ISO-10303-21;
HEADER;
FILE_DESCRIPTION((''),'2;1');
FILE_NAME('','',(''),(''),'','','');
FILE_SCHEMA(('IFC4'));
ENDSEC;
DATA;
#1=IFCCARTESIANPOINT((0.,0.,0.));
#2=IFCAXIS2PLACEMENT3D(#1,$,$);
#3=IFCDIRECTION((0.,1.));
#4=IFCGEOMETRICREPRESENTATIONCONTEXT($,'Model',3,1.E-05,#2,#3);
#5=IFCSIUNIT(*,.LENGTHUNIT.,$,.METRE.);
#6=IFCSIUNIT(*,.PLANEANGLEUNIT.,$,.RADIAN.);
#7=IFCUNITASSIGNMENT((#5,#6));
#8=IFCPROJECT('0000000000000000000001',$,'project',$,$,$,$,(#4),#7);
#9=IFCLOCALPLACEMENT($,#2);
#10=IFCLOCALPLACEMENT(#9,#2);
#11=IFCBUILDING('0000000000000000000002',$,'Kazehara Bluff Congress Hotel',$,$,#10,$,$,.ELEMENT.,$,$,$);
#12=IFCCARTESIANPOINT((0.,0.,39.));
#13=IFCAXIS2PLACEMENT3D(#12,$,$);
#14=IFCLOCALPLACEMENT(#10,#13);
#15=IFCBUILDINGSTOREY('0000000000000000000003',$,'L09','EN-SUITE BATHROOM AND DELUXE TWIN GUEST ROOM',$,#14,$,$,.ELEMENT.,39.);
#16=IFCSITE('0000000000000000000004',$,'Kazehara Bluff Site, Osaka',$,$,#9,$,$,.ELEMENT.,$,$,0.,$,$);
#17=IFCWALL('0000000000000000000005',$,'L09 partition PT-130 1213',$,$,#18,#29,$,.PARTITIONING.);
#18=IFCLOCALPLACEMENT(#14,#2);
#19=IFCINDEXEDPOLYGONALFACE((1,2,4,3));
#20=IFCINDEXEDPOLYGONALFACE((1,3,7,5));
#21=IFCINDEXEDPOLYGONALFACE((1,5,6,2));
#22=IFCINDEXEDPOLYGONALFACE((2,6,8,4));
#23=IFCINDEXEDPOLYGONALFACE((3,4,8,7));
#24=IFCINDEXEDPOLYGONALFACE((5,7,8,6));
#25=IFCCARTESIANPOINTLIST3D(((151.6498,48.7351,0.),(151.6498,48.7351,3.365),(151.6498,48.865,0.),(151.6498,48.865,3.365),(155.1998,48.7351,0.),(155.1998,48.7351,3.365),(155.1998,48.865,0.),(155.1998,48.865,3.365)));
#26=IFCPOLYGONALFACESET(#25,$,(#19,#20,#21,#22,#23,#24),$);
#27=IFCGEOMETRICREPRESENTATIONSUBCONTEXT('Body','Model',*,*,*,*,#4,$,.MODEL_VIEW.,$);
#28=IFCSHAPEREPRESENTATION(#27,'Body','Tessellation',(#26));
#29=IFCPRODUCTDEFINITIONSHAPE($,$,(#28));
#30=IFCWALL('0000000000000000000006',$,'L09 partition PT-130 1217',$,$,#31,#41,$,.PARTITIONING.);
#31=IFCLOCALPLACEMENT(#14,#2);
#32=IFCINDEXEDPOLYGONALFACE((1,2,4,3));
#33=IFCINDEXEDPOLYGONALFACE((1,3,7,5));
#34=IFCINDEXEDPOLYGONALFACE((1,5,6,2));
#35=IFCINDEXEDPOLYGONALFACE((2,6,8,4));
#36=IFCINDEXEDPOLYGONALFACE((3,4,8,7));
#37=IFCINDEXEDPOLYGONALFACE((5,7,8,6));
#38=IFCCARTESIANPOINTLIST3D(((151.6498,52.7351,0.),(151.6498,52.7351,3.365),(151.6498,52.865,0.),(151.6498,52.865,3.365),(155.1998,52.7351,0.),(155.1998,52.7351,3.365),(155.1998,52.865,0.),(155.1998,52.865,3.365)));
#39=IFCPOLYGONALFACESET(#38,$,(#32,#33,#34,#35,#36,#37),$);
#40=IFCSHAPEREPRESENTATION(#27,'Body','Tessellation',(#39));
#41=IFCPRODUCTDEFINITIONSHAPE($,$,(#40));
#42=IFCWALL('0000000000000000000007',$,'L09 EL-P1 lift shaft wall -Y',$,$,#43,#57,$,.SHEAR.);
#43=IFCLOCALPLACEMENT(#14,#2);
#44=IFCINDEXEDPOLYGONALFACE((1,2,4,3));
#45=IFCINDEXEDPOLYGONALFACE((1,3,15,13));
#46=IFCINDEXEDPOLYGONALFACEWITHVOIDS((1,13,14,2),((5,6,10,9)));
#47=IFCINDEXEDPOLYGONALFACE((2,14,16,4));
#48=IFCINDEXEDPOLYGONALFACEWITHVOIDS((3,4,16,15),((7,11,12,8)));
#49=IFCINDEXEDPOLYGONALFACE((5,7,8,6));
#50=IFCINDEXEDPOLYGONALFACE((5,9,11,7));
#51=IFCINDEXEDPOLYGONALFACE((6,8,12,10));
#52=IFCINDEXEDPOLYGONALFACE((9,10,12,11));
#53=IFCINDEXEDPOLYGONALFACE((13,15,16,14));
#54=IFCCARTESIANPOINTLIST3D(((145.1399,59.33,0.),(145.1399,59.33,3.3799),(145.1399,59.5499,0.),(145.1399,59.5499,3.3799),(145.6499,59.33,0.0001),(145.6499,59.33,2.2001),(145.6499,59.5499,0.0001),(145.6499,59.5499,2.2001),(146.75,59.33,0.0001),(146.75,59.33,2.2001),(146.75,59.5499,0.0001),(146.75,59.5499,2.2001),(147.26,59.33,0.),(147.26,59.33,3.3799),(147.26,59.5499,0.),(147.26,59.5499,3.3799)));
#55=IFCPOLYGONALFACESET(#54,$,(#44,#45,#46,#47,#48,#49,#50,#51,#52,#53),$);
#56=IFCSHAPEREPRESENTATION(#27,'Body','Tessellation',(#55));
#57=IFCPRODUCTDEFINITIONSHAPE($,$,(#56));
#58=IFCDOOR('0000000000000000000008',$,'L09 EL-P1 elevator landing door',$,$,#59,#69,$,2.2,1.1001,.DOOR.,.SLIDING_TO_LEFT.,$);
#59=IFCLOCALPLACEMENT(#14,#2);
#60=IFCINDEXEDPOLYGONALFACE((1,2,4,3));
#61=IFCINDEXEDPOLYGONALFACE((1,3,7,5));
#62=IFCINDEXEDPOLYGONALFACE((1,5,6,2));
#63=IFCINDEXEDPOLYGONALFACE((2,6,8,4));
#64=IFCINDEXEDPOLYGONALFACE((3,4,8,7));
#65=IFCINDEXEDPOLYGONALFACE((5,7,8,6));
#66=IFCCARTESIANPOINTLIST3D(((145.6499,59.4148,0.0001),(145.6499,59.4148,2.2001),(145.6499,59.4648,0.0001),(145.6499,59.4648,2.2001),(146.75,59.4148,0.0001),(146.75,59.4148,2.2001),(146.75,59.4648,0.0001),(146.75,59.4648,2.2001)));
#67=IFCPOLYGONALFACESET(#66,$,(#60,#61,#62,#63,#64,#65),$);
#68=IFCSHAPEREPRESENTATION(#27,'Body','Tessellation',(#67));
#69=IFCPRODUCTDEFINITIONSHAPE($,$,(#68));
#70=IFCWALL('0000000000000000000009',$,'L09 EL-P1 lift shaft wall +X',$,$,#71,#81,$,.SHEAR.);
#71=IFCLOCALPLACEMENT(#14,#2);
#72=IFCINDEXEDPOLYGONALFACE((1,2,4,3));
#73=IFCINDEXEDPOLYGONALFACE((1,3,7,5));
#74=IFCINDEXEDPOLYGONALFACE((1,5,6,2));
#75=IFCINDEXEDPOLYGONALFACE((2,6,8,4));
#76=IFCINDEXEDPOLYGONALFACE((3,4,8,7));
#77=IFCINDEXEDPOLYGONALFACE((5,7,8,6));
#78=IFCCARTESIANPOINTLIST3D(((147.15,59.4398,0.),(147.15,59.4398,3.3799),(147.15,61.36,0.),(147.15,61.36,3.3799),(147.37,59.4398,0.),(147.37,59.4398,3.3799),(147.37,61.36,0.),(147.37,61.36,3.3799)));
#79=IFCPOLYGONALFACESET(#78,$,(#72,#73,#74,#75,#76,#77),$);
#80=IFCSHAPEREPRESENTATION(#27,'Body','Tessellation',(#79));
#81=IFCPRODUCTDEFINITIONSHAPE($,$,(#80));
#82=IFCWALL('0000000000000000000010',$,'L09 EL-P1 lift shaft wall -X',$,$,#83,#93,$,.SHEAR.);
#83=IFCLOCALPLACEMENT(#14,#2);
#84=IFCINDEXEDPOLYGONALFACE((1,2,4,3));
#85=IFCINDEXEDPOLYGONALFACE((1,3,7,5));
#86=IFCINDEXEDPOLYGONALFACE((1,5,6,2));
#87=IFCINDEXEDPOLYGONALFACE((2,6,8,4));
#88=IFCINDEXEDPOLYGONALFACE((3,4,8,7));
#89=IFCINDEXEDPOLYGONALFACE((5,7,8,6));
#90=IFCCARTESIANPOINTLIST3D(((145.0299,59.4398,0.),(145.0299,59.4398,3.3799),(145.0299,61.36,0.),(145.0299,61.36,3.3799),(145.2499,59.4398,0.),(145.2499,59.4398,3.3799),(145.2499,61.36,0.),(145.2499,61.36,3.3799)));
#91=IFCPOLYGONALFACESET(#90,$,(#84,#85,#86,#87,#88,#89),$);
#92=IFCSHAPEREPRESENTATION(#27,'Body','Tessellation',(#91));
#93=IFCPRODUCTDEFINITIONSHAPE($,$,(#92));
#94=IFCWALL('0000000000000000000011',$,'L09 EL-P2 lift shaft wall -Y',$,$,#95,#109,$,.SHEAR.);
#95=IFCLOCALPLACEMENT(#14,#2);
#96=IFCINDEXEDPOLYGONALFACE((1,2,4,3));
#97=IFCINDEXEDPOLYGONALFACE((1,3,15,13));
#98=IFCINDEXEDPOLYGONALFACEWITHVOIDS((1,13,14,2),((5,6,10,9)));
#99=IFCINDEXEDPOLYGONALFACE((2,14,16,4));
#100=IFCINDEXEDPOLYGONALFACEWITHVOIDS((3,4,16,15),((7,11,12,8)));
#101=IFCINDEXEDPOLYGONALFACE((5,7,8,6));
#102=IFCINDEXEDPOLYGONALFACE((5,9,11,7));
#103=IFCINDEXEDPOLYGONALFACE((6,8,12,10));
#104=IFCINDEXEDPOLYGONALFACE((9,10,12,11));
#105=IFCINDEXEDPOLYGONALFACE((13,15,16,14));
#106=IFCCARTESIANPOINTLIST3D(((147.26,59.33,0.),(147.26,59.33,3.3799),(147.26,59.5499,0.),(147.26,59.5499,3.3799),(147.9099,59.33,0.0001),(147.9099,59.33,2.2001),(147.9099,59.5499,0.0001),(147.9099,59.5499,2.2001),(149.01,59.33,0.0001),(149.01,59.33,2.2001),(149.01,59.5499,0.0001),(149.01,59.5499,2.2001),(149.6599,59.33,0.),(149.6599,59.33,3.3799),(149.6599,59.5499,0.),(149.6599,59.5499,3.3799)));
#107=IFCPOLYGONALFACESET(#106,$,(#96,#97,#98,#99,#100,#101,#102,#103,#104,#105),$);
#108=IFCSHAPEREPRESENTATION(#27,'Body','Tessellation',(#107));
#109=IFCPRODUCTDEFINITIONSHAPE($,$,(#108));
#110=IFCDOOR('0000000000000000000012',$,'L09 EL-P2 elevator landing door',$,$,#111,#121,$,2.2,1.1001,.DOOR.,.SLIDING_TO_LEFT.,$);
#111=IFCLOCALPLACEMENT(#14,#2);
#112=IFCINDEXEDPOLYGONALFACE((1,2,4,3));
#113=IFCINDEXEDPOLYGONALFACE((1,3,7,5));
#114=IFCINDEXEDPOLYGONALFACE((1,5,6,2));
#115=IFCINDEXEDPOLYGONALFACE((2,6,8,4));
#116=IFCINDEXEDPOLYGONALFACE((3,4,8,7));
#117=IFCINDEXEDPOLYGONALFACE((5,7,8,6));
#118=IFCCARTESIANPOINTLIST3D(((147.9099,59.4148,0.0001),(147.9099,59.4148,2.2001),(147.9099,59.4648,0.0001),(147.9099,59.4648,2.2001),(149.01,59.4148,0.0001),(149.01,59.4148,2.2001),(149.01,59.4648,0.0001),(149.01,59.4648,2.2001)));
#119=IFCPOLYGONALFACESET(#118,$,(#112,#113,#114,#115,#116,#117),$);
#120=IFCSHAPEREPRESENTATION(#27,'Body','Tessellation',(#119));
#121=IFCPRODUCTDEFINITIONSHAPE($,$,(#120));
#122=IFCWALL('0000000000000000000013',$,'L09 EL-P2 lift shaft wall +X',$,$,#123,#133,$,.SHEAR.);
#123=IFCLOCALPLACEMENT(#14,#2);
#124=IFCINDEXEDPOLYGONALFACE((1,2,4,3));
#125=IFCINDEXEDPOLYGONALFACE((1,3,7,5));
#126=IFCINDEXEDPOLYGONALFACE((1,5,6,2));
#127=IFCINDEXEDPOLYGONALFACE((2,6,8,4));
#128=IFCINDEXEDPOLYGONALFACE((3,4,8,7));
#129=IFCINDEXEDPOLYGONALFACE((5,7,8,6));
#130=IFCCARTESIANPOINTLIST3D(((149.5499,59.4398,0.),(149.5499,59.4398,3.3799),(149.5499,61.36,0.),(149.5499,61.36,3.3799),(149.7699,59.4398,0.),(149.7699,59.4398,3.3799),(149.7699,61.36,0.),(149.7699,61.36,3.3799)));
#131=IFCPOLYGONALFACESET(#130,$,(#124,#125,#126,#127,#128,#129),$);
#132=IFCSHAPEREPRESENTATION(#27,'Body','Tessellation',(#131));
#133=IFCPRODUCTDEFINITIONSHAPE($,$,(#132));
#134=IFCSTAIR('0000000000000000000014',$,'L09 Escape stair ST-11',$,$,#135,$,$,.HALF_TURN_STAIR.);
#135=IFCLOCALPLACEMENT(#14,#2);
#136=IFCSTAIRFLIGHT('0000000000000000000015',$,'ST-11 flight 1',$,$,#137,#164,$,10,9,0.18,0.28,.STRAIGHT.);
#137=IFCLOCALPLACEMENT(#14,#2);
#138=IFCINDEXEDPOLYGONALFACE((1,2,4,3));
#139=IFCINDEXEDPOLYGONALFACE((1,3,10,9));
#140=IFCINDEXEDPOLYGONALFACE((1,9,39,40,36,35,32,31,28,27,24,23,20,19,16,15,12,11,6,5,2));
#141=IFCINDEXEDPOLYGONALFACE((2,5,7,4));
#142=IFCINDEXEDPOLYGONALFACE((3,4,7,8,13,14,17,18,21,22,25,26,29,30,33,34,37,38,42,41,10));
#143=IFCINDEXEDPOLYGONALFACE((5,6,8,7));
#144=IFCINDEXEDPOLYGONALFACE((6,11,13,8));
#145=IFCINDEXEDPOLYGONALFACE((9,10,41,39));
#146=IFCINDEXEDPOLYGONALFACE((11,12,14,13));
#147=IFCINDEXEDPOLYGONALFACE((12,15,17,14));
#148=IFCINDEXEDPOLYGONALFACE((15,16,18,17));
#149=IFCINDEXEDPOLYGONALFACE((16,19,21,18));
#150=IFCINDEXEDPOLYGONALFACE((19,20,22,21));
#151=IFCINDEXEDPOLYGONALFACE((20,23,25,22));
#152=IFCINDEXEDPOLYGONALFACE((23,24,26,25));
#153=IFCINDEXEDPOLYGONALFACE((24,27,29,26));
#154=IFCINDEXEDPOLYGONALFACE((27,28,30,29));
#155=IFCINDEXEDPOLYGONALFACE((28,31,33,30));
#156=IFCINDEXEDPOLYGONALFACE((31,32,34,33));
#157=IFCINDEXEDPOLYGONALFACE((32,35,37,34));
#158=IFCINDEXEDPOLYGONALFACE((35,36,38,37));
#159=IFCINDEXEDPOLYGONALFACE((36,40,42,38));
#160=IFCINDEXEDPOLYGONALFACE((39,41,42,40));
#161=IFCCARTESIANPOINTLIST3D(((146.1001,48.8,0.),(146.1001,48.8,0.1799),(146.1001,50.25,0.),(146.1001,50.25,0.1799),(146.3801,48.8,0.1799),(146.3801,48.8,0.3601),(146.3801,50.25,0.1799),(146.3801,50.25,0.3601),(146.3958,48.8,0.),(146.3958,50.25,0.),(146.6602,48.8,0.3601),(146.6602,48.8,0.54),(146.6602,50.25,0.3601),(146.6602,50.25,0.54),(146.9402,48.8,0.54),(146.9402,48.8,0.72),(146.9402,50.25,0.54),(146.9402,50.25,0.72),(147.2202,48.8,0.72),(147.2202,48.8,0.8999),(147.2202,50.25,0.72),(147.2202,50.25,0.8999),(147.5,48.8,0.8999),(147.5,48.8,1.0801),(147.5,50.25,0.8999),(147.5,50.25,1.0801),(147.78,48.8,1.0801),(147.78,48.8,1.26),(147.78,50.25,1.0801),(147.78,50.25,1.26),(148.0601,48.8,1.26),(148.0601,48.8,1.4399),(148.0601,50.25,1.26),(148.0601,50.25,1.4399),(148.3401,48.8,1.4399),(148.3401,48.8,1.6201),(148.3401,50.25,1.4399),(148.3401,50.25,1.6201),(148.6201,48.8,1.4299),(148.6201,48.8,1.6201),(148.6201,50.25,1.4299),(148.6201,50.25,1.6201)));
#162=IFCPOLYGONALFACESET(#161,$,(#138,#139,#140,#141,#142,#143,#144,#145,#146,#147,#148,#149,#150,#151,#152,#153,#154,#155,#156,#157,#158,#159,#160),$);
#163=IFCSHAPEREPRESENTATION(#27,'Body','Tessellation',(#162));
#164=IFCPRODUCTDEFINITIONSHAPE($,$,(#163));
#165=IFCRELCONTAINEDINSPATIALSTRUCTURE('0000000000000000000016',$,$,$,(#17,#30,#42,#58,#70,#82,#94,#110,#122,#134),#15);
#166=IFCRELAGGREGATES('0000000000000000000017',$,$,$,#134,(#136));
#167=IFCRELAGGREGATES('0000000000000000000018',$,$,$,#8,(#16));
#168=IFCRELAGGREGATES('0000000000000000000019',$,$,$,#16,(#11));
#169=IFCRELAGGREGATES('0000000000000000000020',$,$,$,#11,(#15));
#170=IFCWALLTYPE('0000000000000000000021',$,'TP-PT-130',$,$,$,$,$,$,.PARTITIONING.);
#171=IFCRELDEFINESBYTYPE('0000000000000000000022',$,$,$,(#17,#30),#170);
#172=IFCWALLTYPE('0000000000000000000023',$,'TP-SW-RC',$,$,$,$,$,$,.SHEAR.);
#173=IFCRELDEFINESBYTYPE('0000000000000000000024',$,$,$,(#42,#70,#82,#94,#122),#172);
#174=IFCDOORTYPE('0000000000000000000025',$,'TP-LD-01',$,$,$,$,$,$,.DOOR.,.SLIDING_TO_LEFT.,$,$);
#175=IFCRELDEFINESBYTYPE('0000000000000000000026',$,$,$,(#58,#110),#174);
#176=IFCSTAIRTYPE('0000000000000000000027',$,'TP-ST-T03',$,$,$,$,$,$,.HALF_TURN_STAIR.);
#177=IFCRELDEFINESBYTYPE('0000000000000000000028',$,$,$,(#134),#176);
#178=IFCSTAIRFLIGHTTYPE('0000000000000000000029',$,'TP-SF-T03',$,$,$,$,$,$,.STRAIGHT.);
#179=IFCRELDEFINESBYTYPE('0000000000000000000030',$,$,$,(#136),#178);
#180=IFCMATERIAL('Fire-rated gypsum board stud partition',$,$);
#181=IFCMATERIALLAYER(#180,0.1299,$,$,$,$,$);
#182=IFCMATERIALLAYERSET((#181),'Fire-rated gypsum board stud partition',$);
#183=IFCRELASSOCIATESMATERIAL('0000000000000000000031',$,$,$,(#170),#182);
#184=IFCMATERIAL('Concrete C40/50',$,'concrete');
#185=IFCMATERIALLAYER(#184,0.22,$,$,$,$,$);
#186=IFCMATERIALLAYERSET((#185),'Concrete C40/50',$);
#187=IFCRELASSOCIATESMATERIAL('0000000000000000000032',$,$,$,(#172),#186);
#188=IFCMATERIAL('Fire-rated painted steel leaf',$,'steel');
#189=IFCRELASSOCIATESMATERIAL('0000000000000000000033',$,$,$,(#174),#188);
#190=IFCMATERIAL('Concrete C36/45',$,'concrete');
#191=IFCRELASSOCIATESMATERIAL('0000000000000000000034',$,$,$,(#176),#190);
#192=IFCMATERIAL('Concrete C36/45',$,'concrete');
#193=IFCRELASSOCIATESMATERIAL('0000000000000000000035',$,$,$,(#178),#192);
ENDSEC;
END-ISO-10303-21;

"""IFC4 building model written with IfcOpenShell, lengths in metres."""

from ifc_helpers import new_model, si_unit, direction, frame, frame_2d, origin, place, context, subcontext, project, spatial, polyline, rectangle, outline, extrude, material, layer, layer_set, type_object, element, fill, aggregate, save


model = new_model("IFC4")

# Units and contexts
model_context = context("Model", 3, precision=1e-05, world=origin(), true_north=direction((0.0, 1.0)))
body_context = subcontext(model_context, "Body", "Model", "MODEL_VIEW")
ifc_project = project(units=[si_unit("LENGTHUNIT", "METRE"), si_unit("PLANEANGLEUNIT", "RADIAN")], contexts=[model_context])

# Site, building, storey
site_placement = place(None, origin())
site = spatial("IfcSite", under=ifc_project, at=site_placement, Name="Kazehara Bluff Site, Osaka", CompositionType="ELEMENT", RefElevation=0.0)
building_placement = place(site_placement, origin())
building = spatial("IfcBuilding", under=site, at=building_placement, Name="Kazehara Bluff Congress Hotel", CompositionType="ELEMENT")
storey_placement = place(building_placement, frame((0.0, 0.0, 39.0)))
storey = spatial("IfcBuildingStorey", under=building, at=storey_placement, Name="L09", Description="EN-SUITE BATHROOM AND DELUXE TWIN GUEST ROOM", CompositionType="ELEMENT", Elevation=39.0)

# Walls
ifc_material_1 = material(Name="Fire-rated gypsum board stud partition")
ifc_layer_1 = layer(ifc_material_1, 0.1299)
ifc_layer_set_1 = layer_set([ifc_layer_1], Name="Fire-rated gypsum board stud partition")
wall_type_1 = type_object("IfcWallType", Name="TP-PT-130", PredefinedType="PARTITIONING", material=ifc_layer_set_1)
for number, where, z_axis, x_axis, name in (
    (1, (151.6499, 48.8, 0.0), (0.0, 0.0, 1.0), (1.0, 0.0, 0.0), "L09 partition PT-130 1213"),
    (2, (151.6499, 52.8, 0.0), (0.0, 0.0, 1.0), (1.0, 0.0, 0.0), "L09 partition PT-130 1217"),
):
    element("IfcWall", number, at=place(storey_placement, frame(where, z_axis=z_axis, x_axis=x_axis)), inside=storey, type_object=wall_type_1, Name=name, PredefinedType="PARTITIONING", context=body_context, shape_type="SweptSolid", body=[
        extrude(rectangle(XDim=3.55, YDim=0.1299, at=frame_2d((1.7749, 0.0))), origin(), (0.0, 0.0, 1.0), 3.365),
    ])

# Wall, opening, door
ifc_material_2 = material(Name="Concrete C40/50", Category="concrete")
ifc_layer_2 = layer(ifc_material_2, 0.22)
ifc_layer_set_2 = layer_set([ifc_layer_2], Name="Concrete C40/50")
wall_type_2 = type_object("IfcWallType", Name="TP-SW-RC", PredefinedType="SHEAR", material=ifc_layer_set_2)
wall_1_placement = place(storey_placement, frame((145.1399, 59.4399, 0.0), z_axis=(0.0, 0.0, 1.0), x_axis=(1.0, 0.0, 0.0)))
wall_1 = element("IfcWall", 3, at=wall_1_placement, inside=storey, type_object=wall_type_2, Name="L09 EL-P1 lift shaft wall -Y", PredefinedType="SHEAR", context=body_context, shape_type="SweptSolid", body=[
    extrude(rectangle(XDim=2.1201, YDim=0.22, at=frame_2d((1.0601, 0.0))), origin(), (0.0, 0.0, 1.0), 3.3799),
])
opening_1_placement = place(wall_1_placement, frame((0.51, 0.0, 0.0)))
opening_1 = element("IfcOpeningElement", 4, at=opening_1_placement, cuts=wall_1, PredefinedType="OPENING", context=body_context, shape_type="SweptSolid", body=[
    extrude(rectangle(XDim=1.1001, YDim=2.2, at=frame_2d((0.55, 1.1001))), frame((0.0, 0.1199, 0.0), z_axis=(0.0, -1.0, 0.0), x_axis=(1.0, 0.0, 0.0)), (0.0, 0.0, 1.0), 0.24),
])
ifc_material_3 = material(Name="Fire-rated painted steel leaf", Category="steel")
door_type_1 = type_object("IfcDoorType", Name="TP-LD-01", OperationType="SLIDING_TO_LEFT", PredefinedType="DOOR", material=ifc_material_3)
door_1_placement = place(opening_1_placement, origin())
door_1 = element("IfcDoor", 5, at=door_1_placement, inside=storey, type_object=door_type_1, Name="L09 EL-P1 elevator landing door", OperationType="SLIDING_TO_LEFT", OverallHeight=2.2, OverallWidth=1.1001, PredefinedType="DOOR", context=body_context, shape_type="SweptSolid", body=[
    extrude(rectangle(XDim=1.1001, YDim=2.2, at=frame_2d((0.55, 1.1001))), frame((0.0, 0.0249, 0.0), z_axis=(0.0, -1.0, 0.0), x_axis=(1.0, 0.0, 0.0)), (0.0, 0.0, 1.0), 0.05),
])
fill(opening_1, door_1)

# Walls
for number, where, z_axis, x_axis, name in (
    (6, (147.26, 59.4399, 0.0), (0.0, 0.0, 1.0), (0.0, 1.0, 0.0), "L09 EL-P1 lift shaft wall +X"),
    (7, (145.1399, 59.4399, 0.0), (0.0, 0.0, 1.0), (0.0, 1.0, 0.0), "L09 EL-P1 lift shaft wall -X"),
):
    element("IfcWall", number, at=place(storey_placement, frame(where, z_axis=z_axis, x_axis=x_axis)), inside=storey, type_object=wall_type_2, Name=name, PredefinedType="SHEAR", context=body_context, shape_type="SweptSolid", body=[
        extrude(rectangle(XDim=1.9202, YDim=0.22, at=frame_2d((0.96, 0.0))), origin(), (0.0, 0.0, 1.0), 3.3799),
    ])

# Wall, opening, door
wall_2_placement = place(storey_placement, frame((147.26, 59.4399, 0.0), z_axis=(0.0, 0.0, 1.0), x_axis=(1.0, 0.0, 0.0)))
wall_2 = element("IfcWall", 8, at=wall_2_placement, inside=storey, type_object=wall_type_2, Name="L09 EL-P2 lift shaft wall -Y", PredefinedType="SHEAR", context=body_context, shape_type="SweptSolid", body=[
    extrude(rectangle(XDim=2.3999, YDim=0.22, at=frame_2d((1.2, 0.0))), origin(), (0.0, 0.0, 1.0), 3.3799),
])
opening_2_placement = place(wall_2_placement, frame((0.6499, 0.0, 0.0)))
opening_2 = element("IfcOpeningElement", 9, at=opening_2_placement, cuts=wall_2, PredefinedType="OPENING", context=body_context, shape_type="SweptSolid", body=[
    extrude(rectangle(XDim=1.1001, YDim=2.2, at=frame_2d((0.55, 1.1001))), frame((0.0, 0.1199, 0.0), z_axis=(0.0, -1.0, 0.0), x_axis=(1.0, 0.0, 0.0)), (0.0, 0.0, 1.0), 0.24),
])
door_2_placement = place(opening_2_placement, origin())
door_2 = element("IfcDoor", 10, at=door_2_placement, inside=storey, type_object=door_type_1, Name="L09 EL-P2 elevator landing door", OperationType="SLIDING_TO_LEFT", OverallHeight=2.2, OverallWidth=1.1001, PredefinedType="DOOR", context=body_context, shape_type="SweptSolid", body=[
    extrude(rectangle(XDim=1.1001, YDim=2.2, at=frame_2d((0.55, 1.1001))), frame((0.0, 0.0249, 0.0), z_axis=(0.0, -1.0, 0.0), x_axis=(1.0, 0.0, 0.0)), (0.0, 0.0, 1.0), 0.05),
])
fill(opening_2, door_2)

# Wall
wall_3_placement = place(storey_placement, frame((149.6599, 59.4399, 0.0), z_axis=(0.0, 0.0, 1.0), x_axis=(0.0, 1.0, 0.0)))
element("IfcWall", 11, at=wall_3_placement, inside=storey, type_object=wall_type_2, Name="L09 EL-P2 lift shaft wall +X", PredefinedType="SHEAR", context=body_context, shape_type="SweptSolid", body=[
    extrude(rectangle(XDim=1.9202, YDim=0.22, at=frame_2d((0.96, 0.0))), origin(), (0.0, 0.0, 1.0), 3.3799),
])

# Stair, stair flight
ifc_material_4 = material(Name="Concrete C36/45", Category="concrete")
stair_type = type_object("IfcStairType", Name="TP-ST-T03", PredefinedType="HALF_TURN_STAIR", material=ifc_material_4)
stair_placement = place(storey_placement, origin())
stair = element("IfcStair", 12, at=stair_placement, inside=storey, type_object=stair_type, Name="L09 Escape stair ST-11", PredefinedType="HALF_TURN_STAIR")
ifc_material_5 = material(Name="Concrete C36/45", Category="concrete")
stair_flight_type = type_object("IfcStairFlightType", Name="TP-SF-T03", PredefinedType="STRAIGHT", material=ifc_material_5)
stair_flight_1_placement = place(storey_placement, frame((146.1001, 49.5249, 0.0), z_axis=(0.0, 0.0, 1.0), x_axis=(1.0, 0.0, 0.0)))
stair_flight_1 = element("IfcStairFlight", 13, at=stair_flight_1_placement, type_object=stair_flight_type, Name="ST-11 flight 1", NumberOfRisers=10, NumberOfTreads=9, PredefinedType="STRAIGHT", RiserHeight=0.18, TreadLength=0.28, context=body_context, shape_type="SweptSolid", body=[
    extrude(outline(polyline([(0.0, 0.0), (0.0, 0.1799), (0.28, 0.1799), (0.28, 0.3601), (0.5601, 0.3601), (0.5601, 0.54), (0.8401, 0.54), (0.8401, 0.72), (1.1201, 0.72), (1.1201, 0.8999), (1.3999, 0.8999), (1.3999, 1.0801), (1.6799, 1.0801), (1.6799, 1.26), (1.96, 1.26), (1.96, 1.4399), (2.24, 1.4399), (2.24, 1.6201), (2.52, 1.6201), (2.52, 1.8), (2.52, 1.4299), (0.2957, 0.0), (0.0, 0.0)])), frame((0.0, 0.7251, 0.0), z_axis=(0.0, -1.0, 0.0), x_axis=(1.0, 0.0, 0.0)), (0.0, 0.0, 1.0), 1.45),
])
aggregate(stair, [stair_flight_1])

save(model, "model.ifc")
